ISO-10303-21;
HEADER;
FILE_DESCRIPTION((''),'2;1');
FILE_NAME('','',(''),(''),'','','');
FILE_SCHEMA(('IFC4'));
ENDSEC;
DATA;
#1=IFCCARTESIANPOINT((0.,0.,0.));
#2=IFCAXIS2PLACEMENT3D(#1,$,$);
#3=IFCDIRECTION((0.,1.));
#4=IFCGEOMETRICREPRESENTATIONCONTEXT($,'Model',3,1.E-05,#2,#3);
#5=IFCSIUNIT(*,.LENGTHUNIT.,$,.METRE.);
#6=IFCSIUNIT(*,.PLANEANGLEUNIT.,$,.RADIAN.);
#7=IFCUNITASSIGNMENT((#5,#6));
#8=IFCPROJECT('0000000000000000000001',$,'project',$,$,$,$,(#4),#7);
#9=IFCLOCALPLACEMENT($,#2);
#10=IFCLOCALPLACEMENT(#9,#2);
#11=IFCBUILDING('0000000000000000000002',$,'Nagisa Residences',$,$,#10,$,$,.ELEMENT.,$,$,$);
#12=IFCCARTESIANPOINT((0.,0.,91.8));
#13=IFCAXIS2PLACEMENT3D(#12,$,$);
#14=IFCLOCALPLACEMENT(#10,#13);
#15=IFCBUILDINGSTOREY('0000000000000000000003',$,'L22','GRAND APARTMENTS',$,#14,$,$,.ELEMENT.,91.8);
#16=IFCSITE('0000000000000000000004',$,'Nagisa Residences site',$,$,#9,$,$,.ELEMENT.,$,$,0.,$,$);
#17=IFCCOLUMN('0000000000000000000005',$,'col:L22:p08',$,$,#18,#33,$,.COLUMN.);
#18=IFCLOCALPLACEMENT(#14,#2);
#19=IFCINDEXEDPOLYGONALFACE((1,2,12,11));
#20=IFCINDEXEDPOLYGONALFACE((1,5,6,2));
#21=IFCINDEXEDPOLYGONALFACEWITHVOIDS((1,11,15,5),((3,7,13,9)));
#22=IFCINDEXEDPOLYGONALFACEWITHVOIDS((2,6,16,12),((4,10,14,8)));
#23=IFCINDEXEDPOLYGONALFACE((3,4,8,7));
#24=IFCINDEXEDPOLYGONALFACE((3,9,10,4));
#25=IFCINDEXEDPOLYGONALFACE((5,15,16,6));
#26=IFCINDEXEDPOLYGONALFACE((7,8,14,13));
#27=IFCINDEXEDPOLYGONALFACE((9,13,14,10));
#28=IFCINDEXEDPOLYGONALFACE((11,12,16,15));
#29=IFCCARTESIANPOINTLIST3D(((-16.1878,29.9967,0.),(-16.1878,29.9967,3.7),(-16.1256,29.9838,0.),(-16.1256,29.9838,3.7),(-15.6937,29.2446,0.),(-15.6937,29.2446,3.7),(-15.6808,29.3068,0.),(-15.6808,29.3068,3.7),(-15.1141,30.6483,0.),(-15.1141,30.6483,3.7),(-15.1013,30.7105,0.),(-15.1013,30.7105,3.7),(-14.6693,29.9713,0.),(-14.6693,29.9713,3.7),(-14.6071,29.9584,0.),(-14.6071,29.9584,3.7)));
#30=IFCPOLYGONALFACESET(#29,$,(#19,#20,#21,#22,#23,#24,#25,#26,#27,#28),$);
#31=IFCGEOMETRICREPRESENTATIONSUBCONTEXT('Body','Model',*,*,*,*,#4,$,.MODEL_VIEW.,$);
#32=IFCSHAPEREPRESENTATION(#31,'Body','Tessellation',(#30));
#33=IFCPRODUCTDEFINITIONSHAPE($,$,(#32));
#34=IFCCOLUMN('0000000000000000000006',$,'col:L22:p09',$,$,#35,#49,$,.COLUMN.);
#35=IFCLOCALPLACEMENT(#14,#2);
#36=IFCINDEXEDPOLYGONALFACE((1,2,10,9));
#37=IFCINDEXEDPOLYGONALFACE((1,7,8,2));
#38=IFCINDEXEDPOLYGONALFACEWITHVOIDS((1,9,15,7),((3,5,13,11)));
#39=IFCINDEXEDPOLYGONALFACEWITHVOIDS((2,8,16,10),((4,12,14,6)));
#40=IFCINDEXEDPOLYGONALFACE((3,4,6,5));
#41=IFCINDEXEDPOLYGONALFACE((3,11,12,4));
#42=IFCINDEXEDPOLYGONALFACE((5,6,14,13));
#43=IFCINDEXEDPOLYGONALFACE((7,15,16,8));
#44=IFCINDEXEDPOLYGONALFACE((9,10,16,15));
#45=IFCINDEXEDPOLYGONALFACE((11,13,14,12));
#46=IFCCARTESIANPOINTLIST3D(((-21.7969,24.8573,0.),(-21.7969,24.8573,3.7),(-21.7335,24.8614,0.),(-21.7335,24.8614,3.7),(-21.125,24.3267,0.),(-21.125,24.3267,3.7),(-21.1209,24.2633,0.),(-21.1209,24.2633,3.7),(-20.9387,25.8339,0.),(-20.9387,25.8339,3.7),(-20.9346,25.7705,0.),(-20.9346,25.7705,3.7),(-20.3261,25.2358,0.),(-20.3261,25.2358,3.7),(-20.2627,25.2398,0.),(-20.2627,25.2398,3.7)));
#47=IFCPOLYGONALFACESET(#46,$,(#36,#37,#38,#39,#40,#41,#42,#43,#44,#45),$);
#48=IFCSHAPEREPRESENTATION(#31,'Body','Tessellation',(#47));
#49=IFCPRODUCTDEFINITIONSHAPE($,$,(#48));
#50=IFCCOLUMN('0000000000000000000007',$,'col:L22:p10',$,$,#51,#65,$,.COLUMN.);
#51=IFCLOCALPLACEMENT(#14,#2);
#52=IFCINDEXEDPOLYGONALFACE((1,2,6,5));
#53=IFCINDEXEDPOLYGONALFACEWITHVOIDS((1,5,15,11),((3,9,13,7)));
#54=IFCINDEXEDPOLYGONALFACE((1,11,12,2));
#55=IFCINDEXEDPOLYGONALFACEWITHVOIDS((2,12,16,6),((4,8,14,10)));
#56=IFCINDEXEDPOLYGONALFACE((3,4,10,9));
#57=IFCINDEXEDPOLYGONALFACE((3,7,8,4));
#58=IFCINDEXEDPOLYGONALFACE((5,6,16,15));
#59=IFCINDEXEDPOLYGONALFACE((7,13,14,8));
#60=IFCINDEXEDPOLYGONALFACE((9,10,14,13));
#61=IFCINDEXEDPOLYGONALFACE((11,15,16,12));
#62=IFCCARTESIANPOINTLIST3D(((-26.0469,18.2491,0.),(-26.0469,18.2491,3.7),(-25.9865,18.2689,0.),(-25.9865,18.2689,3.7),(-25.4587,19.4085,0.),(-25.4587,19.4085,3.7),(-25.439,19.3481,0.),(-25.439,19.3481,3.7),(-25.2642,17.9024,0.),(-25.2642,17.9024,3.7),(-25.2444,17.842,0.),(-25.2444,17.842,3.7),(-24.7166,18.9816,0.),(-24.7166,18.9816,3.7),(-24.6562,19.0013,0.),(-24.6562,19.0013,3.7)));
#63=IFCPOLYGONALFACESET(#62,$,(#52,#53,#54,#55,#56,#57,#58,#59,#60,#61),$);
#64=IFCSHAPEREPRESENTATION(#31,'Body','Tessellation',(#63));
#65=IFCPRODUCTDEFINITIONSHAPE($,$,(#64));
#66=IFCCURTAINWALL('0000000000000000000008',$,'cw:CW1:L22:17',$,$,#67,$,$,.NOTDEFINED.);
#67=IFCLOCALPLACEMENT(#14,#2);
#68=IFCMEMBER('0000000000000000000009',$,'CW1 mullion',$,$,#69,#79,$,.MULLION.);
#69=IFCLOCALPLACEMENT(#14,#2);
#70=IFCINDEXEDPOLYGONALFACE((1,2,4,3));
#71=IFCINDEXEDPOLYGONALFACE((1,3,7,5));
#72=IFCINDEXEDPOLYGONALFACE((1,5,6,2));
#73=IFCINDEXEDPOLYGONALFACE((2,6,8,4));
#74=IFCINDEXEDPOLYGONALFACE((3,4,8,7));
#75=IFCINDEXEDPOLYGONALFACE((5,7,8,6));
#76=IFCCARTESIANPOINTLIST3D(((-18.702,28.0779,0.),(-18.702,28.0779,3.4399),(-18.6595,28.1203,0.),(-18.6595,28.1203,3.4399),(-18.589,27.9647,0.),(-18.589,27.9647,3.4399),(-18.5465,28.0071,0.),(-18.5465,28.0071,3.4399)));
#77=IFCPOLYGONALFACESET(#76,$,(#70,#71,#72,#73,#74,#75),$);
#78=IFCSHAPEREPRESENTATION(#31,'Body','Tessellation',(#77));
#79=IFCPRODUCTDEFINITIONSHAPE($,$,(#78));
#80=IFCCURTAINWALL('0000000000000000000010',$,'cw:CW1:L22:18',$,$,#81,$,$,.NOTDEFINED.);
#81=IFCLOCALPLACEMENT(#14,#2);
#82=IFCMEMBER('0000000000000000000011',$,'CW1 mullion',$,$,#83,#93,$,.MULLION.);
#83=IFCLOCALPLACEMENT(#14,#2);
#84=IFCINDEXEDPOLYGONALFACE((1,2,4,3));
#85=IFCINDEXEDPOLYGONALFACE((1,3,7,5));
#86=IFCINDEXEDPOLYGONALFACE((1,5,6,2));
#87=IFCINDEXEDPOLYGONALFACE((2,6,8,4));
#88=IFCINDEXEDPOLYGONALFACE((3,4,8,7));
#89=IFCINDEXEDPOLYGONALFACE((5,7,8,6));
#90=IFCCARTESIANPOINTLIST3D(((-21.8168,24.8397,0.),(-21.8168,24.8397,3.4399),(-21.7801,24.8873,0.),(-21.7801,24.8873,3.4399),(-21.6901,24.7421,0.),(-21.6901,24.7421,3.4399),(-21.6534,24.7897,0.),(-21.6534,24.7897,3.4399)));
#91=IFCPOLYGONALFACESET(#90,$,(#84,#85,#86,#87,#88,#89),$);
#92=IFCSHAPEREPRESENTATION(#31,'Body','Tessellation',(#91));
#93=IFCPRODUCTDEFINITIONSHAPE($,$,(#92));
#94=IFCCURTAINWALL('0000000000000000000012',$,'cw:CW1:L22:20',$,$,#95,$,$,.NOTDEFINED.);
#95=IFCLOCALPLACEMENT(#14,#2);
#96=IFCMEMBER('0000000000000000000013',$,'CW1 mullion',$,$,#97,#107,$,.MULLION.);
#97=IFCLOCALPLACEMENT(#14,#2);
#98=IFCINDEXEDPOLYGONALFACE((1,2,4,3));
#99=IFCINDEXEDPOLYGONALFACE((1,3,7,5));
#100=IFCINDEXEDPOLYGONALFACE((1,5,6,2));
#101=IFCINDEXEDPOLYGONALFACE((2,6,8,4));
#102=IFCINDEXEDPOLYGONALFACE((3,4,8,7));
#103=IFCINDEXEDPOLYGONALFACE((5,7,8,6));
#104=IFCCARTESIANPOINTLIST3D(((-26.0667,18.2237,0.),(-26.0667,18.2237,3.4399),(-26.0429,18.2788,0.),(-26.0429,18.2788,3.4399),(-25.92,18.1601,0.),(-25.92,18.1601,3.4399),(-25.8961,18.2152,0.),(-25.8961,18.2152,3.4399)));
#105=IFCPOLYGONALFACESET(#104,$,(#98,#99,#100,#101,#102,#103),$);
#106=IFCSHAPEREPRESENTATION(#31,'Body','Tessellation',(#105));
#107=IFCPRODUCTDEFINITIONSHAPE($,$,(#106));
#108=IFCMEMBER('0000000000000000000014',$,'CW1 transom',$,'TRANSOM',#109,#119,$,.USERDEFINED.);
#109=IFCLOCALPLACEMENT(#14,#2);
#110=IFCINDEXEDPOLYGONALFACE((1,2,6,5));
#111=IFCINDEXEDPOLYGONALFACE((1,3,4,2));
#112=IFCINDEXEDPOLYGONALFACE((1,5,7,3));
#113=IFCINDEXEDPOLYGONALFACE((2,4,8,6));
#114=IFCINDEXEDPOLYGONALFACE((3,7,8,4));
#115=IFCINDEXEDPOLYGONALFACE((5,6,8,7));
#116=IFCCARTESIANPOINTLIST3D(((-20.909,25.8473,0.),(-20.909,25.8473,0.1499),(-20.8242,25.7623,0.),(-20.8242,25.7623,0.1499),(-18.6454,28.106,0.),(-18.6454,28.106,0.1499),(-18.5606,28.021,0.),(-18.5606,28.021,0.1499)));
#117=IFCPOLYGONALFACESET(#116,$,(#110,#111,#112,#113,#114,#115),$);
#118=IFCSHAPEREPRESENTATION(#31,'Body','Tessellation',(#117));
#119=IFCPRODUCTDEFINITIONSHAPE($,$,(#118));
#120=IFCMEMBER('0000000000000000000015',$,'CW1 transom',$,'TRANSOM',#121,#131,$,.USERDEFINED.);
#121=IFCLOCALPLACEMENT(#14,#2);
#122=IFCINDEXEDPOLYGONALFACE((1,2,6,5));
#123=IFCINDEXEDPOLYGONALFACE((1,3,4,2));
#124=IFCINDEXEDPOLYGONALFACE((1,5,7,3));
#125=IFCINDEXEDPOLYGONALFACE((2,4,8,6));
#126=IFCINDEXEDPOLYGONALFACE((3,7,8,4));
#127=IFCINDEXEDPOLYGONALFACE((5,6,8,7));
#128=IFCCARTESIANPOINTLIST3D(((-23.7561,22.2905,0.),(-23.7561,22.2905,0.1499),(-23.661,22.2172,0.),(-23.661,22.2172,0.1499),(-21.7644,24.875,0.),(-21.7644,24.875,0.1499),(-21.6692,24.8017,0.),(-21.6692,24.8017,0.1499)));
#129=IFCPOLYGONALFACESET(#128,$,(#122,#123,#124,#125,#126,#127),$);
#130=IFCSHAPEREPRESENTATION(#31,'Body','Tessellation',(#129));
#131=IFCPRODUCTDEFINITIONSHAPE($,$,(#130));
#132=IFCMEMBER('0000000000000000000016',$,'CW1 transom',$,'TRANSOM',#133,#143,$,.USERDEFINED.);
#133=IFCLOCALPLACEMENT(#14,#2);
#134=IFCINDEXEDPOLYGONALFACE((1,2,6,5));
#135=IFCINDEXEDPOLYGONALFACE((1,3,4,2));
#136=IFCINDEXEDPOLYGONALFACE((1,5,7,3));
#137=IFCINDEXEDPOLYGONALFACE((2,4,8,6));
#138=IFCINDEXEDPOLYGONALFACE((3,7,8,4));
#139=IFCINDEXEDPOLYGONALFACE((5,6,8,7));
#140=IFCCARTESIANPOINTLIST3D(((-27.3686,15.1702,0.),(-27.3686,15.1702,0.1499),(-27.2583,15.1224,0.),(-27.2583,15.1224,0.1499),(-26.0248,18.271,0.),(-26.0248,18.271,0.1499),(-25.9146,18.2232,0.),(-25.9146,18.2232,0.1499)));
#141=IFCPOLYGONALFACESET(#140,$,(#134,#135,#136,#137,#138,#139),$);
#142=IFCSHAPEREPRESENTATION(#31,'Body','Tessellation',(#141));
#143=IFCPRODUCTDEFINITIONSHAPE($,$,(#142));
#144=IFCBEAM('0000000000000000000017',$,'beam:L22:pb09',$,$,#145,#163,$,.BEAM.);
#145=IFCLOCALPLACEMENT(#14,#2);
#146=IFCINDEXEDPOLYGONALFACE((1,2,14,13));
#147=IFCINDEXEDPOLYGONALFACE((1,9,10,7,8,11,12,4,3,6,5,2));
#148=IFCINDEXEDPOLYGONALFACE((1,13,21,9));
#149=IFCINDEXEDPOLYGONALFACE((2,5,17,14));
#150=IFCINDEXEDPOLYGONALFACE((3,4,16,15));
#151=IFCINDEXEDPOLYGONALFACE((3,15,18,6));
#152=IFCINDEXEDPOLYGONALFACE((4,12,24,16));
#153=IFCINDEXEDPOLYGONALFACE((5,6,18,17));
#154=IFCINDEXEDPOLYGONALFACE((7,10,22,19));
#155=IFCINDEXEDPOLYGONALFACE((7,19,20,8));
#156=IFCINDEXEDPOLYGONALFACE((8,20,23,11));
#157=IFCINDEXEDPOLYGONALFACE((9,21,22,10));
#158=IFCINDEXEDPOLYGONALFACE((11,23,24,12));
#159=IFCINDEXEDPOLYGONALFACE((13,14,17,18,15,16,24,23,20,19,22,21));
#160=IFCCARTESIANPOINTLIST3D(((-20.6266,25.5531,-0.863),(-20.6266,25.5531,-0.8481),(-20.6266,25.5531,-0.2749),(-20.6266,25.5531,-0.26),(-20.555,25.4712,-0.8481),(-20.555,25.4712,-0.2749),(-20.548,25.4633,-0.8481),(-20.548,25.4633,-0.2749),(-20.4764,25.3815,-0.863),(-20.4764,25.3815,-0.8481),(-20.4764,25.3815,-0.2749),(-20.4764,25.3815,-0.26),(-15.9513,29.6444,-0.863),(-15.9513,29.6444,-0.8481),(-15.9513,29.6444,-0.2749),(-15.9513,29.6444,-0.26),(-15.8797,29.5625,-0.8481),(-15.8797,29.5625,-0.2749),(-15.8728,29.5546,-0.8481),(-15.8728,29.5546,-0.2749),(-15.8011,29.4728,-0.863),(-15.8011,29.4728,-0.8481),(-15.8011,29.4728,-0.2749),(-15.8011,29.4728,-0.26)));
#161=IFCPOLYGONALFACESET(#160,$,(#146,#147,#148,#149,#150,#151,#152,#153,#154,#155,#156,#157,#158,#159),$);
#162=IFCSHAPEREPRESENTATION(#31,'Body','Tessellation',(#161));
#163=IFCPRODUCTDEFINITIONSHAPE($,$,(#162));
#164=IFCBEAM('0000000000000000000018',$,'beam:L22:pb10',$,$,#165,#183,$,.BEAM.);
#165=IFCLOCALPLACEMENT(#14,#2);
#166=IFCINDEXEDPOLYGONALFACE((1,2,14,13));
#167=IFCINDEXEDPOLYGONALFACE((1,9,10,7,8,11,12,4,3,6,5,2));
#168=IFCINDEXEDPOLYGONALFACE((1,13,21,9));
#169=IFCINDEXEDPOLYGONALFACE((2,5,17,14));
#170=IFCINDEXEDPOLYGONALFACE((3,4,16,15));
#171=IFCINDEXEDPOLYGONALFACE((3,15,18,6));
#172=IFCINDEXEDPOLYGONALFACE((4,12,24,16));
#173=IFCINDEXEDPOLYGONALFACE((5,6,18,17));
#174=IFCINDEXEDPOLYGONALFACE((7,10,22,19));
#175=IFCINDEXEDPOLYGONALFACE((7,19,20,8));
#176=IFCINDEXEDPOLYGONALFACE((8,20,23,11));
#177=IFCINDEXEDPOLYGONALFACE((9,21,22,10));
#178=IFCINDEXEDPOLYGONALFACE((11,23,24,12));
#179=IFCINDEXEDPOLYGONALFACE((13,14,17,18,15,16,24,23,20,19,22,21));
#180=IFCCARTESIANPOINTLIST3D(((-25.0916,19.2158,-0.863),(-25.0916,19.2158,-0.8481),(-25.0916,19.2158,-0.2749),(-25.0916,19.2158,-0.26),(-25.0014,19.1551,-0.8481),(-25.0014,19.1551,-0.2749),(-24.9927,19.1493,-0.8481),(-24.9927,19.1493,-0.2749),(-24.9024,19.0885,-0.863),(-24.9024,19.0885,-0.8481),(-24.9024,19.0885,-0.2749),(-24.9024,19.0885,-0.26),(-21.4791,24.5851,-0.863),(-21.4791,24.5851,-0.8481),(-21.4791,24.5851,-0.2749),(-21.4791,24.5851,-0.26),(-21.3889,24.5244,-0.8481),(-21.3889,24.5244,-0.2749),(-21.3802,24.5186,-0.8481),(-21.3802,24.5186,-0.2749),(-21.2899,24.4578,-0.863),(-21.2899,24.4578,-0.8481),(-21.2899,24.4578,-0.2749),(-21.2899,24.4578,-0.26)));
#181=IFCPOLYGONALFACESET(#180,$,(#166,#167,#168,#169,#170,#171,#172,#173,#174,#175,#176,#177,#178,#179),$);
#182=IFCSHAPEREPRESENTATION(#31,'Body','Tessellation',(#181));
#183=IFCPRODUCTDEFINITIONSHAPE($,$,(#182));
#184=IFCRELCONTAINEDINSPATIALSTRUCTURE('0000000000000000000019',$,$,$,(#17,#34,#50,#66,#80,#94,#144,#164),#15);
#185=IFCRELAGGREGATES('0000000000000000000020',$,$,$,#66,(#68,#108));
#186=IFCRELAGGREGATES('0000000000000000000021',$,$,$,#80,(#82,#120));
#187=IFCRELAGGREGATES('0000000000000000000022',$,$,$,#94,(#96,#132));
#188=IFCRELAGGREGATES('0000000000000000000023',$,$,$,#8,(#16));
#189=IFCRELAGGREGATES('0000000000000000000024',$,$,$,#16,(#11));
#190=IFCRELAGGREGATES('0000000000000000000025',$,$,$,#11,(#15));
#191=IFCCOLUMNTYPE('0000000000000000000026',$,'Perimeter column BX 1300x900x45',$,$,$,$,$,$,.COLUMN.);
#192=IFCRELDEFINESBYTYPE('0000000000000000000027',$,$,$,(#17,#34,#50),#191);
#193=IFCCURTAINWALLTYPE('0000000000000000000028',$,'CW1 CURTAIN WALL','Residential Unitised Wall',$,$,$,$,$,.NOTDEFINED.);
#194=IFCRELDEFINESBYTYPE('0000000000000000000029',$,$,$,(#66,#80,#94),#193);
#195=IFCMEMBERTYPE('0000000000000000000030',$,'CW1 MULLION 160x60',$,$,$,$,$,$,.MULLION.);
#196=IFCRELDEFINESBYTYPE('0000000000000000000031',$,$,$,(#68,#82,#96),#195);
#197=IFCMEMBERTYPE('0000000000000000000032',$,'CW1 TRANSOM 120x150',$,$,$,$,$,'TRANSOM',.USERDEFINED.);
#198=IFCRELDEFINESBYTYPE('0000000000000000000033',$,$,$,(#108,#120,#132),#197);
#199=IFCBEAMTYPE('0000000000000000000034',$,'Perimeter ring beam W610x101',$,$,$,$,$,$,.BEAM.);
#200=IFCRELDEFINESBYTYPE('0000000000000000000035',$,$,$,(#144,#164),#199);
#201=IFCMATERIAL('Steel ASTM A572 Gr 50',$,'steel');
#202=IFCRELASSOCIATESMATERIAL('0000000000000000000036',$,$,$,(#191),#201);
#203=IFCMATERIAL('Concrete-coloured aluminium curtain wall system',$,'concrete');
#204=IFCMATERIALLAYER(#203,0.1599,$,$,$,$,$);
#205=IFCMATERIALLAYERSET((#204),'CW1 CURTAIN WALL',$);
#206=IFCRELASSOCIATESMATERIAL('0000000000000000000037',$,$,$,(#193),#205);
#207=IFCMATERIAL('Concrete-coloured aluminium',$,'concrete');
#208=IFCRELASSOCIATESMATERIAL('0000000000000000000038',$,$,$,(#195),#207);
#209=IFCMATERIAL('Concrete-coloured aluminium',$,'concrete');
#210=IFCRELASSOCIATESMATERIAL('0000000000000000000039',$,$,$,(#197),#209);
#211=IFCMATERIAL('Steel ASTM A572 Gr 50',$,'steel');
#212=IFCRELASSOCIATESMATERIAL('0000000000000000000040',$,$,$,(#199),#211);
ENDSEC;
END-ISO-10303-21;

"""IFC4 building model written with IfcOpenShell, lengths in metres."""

from ifc_helpers import new_model, si_unit, direction, frame, origin, origin_2d, place, context, subcontext, project, spatial, rectangle, hollow_rectangle, i_section, extrude, material, layer, layer_set, material_profile, profile_set, type_object, element, aggregate, save


model = new_model("IFC4")

# Units and contexts
model_context = context("Model", 3, precision=1e-05, world=origin(), true_north=direction((0.0, 1.0)))
body_context = subcontext(model_context, "Body", "Model", "MODEL_VIEW")
ifc_project = project(units=[si_unit("LENGTHUNIT", "METRE"), si_unit("PLANEANGLEUNIT", "RADIAN")], contexts=[model_context])

# Site, building, storey
site_placement = place(None, origin())
site = spatial("IfcSite", under=ifc_project, at=site_placement, Name="Nagisa Residences site", CompositionType="ELEMENT", RefElevation=0.0)
building_placement = place(site_placement, origin())
building = spatial("IfcBuilding", under=site, at=building_placement, Name="Nagisa Residences", CompositionType="ELEMENT")
storey_placement = place(building_placement, frame((0.0, 0.0, 91.8)))
storey = spatial("IfcBuildingStorey", under=building, at=storey_placement, Name="L22", Description="GRAND APARTMENTS", CompositionType="ELEMENT", Elevation=91.8)

# Columns
ifc_material_1 = material(Name="Steel ASTM A572 Gr 50", Category="steel")
ifc_material_profile_1 = material_profile(ifc_material_1, hollow_rectangle(XDim=1.3, YDim=0.8999, WallThickness=0.0449, at=origin_2d()), Name="BX 1300x900x45")
ifc_profile_set_1 = profile_set([ifc_material_profile_1], Name="Steel ASTM A572 Gr 50")
column_type = type_object("IfcColumnType", Name="Perimeter column BX 1300x900x45", PredefinedType="COLUMN", material=ifc_profile_set_1)
for number, where, z_axis, x_axis, name in (
    (1, (-15.3975, 29.9775, 0.0), (0.0, 0.0, 1.0), (-0.835766, -0.549086, 0.0), "col:L22:p08"),
    (2, (-21.0298, 25.0486, 0.0), (0.0, 0.0, 1.0), (-0.660115, -0.751165, 0.0), "col:L22:p09"),
    (3, (-25.3516, 18.6252, 0.0), (0.0, 0.0, 1.0), (-0.452463, -0.891783, 0.0), "col:L22:p10"),
):
    element("IfcColumn", number, at=place(storey_placement, frame(where, z_axis=z_axis, x_axis=x_axis)), inside=storey, type_object=column_type, Name=name, PredefinedType="COLUMN", context=body_context, shape_type="SweptSolid", body=[
        extrude(hollow_rectangle(XDim=1.3, YDim=0.8999, WallThickness=0.0449, at=origin_2d()), origin(), (0.0, 0.0, 1.0), 3.7),
    ])

# Curtain walls, members
ifc_material_2 = material(Name="Concrete-coloured aluminium curtain wall system", Category="concrete")
ifc_layer_1 = layer(ifc_material_2, 0.1599)
ifc_layer_set_1 = layer_set([ifc_layer_1], Name="CW1 CURTAIN WALL")
curtain_wall_type = type_object("IfcCurtainWallType", Name="CW1 CURTAIN WALL", Description="Residential Unitised Wall", PredefinedType="NOTDEFINED", material=ifc_layer_set_1)
curtain_wall_1_placement = place(storey_placement, origin())
curtain_wall_1 = element("IfcCurtainWall", 4, at=curtain_wall_1_placement, inside=storey, type_object=curtain_wall_type, Name="cw:CW1:L22:17", PredefinedType="NOTDEFINED")
ifc_material_3 = material(Name="Concrete-coloured aluminium", Category="concrete")
ifc_material_profile_2 = material_profile(ifc_material_3, rectangle(XDim=0.1599, YDim=0.0601, at=origin_2d()), Name="CW1 MULLION 160x60")
ifc_profile_set_2 = profile_set([ifc_material_profile_2], Name="Concrete-coloured aluminium")
member_type_1 = type_object("IfcMemberType", Name="CW1 MULLION 160x60", PredefinedType="MULLION", material=ifc_profile_set_2)
member_1_placement = place(storey_placement, frame((-18.6243, 28.0425, 0.0), z_axis=(0.0, 0.0, 1.0), x_axis=(0.706377, -0.707836, 0.0)))
member_1 = element("IfcMember", 5, at=member_1_placement, type_object=member_type_1, Name="CW1 mullion", PredefinedType="MULLION", context=body_context, shape_type="SweptSolid", body=[
    extrude(rectangle(XDim=0.1599, YDim=0.0601, at=origin_2d()), origin(), (0.0, 0.0, 1.0), 3.4399),
])
curtain_wall_2_placement = place(storey_placement, origin())
curtain_wall_2 = element("IfcCurtainWall", 6, at=curtain_wall_2_placement, inside=storey, type_object=curtain_wall_type, Name="cw:CW1:L22:18", PredefinedType="NOTDEFINED")
member_2_placement = place(storey_placement, frame((-21.7351, 24.8147, 0.0), z_axis=(0.0, 0.0, 1.0), x_axis=(0.79207, -0.61043, 0.0)))
member_2 = element("IfcMember", 7, at=member_2_placement, type_object=member_type_1, Name="CW1 mullion", PredefinedType="MULLION", context=body_context, shape_type="SweptSolid", body=[
    extrude(rectangle(XDim=0.1599, YDim=0.0601, at=origin_2d()), origin(), (0.0, 0.0, 1.0), 3.4399),
])
curtain_wall_3_placement = place(storey_placement, origin())
curtain_wall_3 = element("IfcCurtainWall", 8, at=curtain_wall_3_placement, inside=storey, type_object=curtain_wall_type, Name="cw:CW1:L22:20", PredefinedType="NOTDEFINED")
member_3_placement = place(storey_placement, frame((-25.9814, 18.2195, 0.0), z_axis=(0.0, 0.0, 1.0), x_axis=(0.917543, -0.397636, 0.0)))
member_3 = element("IfcMember", 9, at=member_3_placement, type_object=member_type_1, Name="CW1 mullion", PredefinedType="MULLION", context=body_context, shape_type="SweptSolid", body=[
    extrude(rectangle(XDim=0.1599, YDim=0.0601, at=origin_2d()), origin(), (0.0, 0.0, 1.0), 3.4399),
])

# Members
ifc_material_4 = material(Name="Concrete-coloured aluminium", Category="concrete")
ifc_material_profile_3 = material_profile(ifc_material_4, rectangle(XDim=0.1201, YDim=0.1499, at=origin_2d()), Name="CW1 TRANSOM 120x150")
ifc_profile_set_3 = profile_set([ifc_material_profile_3], Name="Concrete-coloured aluminium")
member_type_2 = type_object("IfcMemberType", Name="CW1 TRANSOM 120x150", ElementType="TRANSOM", PredefinedType="USERDEFINED", material=ifc_profile_set_3)
member_4_placement = place(storey_placement, frame((-18.603, 28.0635, 0.075), z_axis=(-0.70787, -0.706343, 0.0), x_axis=(0.706343, -0.70787, 0.0)))
member_4 = element("IfcMember", 10, at=member_4_placement, type_object=member_type_2, Name="CW1 transom", ObjectType="TRANSOM", PredefinedType="USERDEFINED", context=body_context, shape_type="SweptSolid", body=[
    extrude(rectangle(XDim=0.1201, YDim=0.1499, at=origin_2d()), origin(), (0.0, 0.0, 1.0), 3.1978),
])
member_5_placement = place(storey_placement, frame((-21.7168, 24.8384, 0.075), z_axis=(-0.610412, -0.792084, 0.0), x_axis=(0.792084, -0.610412, 0.0)))
member_5 = element("IfcMember", 11, at=member_5_placement, type_object=member_type_2, Name="CW1 transom", ObjectType="TRANSOM", PredefinedType="USERDEFINED", context=body_context, shape_type="SweptSolid", body=[
    extrude(rectangle(XDim=0.1201, YDim=0.1499, at=origin_2d()), origin(), (0.0, 0.0, 1.0), 3.2629),
])
member_6_placement = place(storey_placement, frame((-25.9697, 18.2471, 0.075), z_axis=(-0.397622, -0.917549, 0.0), x_axis=(0.917549, -0.397622, 0.0)))
member_6 = element("IfcMember", 12, at=member_6_placement, type_object=member_type_2, Name="CW1 transom", ObjectType="TRANSOM", PredefinedType="USERDEFINED", context=body_context, shape_type="SweptSolid", body=[
    extrude(rectangle(XDim=0.1201, YDim=0.1499, at=origin_2d()), origin(), (0.0, 0.0, 1.0), 3.3794),
])

# Beams
ifc_material_5 = material(Name="Steel ASTM A572 Gr 50", Category="steel")
ifc_material_profile_4 = material_profile(ifc_material_5, i_section(OverallWidth=0.228, OverallDepth=0.603, WebThickness=0.0105, FlangeThickness=0.0149, at=origin_2d()), Name="W610x101")
ifc_profile_set_4 = profile_set([ifc_material_profile_4], Name="Steel ASTM A572 Gr 50")
beam_type_1 = type_object("IfcBeamType", Name="Perimeter ring beam W610x101", PredefinedType="BEAM", material=ifc_profile_set_4)
beam_1_placement = place(storey_placement, frame((-15.8762, 29.5586, -0.5615), z_axis=(-0.752543, -0.658544, 0.0), x_axis=(0.658544, -0.752543, 0.0)))
element("IfcBeam", 13, at=beam_1_placement, inside=storey, type_object=beam_type_1, Name="beam:L22:pb09", PredefinedType="BEAM", context=body_context, shape_type="SweptSolid", body=[
    extrude(i_section(OverallWidth=0.228, OverallDepth=0.603, WebThickness=0.0105, FlangeThickness=0.0149, at=origin_2d()), origin(), (0.0, 0.0, 1.0), 6.2126),
])
beam_2_placement = place(storey_placement, frame((-21.3845, 24.5215, -0.5615), z_axis=(-0.558221, -0.829692, 0.0), x_axis=(0.829692, -0.558221, 0.0)))
element("IfcBeam", 14, at=beam_2_placement, inside=storey, type_object=beam_type_1, Name="beam:L22:pb10", PredefinedType="BEAM", context=body_context, shape_type="SweptSolid", body=[
    extrude(i_section(OverallWidth=0.228, OverallDepth=0.603, WebThickness=0.0105, FlangeThickness=0.0149, at=origin_2d()), origin(), (0.0, 0.0, 1.0), 6.4714),
])

aggregate(curtain_wall_1, [member_1, member_4])
aggregate(curtain_wall_2, [member_2, member_5])
aggregate(curtain_wall_3, [member_3, member_6])

save(model, "model.ifc")
